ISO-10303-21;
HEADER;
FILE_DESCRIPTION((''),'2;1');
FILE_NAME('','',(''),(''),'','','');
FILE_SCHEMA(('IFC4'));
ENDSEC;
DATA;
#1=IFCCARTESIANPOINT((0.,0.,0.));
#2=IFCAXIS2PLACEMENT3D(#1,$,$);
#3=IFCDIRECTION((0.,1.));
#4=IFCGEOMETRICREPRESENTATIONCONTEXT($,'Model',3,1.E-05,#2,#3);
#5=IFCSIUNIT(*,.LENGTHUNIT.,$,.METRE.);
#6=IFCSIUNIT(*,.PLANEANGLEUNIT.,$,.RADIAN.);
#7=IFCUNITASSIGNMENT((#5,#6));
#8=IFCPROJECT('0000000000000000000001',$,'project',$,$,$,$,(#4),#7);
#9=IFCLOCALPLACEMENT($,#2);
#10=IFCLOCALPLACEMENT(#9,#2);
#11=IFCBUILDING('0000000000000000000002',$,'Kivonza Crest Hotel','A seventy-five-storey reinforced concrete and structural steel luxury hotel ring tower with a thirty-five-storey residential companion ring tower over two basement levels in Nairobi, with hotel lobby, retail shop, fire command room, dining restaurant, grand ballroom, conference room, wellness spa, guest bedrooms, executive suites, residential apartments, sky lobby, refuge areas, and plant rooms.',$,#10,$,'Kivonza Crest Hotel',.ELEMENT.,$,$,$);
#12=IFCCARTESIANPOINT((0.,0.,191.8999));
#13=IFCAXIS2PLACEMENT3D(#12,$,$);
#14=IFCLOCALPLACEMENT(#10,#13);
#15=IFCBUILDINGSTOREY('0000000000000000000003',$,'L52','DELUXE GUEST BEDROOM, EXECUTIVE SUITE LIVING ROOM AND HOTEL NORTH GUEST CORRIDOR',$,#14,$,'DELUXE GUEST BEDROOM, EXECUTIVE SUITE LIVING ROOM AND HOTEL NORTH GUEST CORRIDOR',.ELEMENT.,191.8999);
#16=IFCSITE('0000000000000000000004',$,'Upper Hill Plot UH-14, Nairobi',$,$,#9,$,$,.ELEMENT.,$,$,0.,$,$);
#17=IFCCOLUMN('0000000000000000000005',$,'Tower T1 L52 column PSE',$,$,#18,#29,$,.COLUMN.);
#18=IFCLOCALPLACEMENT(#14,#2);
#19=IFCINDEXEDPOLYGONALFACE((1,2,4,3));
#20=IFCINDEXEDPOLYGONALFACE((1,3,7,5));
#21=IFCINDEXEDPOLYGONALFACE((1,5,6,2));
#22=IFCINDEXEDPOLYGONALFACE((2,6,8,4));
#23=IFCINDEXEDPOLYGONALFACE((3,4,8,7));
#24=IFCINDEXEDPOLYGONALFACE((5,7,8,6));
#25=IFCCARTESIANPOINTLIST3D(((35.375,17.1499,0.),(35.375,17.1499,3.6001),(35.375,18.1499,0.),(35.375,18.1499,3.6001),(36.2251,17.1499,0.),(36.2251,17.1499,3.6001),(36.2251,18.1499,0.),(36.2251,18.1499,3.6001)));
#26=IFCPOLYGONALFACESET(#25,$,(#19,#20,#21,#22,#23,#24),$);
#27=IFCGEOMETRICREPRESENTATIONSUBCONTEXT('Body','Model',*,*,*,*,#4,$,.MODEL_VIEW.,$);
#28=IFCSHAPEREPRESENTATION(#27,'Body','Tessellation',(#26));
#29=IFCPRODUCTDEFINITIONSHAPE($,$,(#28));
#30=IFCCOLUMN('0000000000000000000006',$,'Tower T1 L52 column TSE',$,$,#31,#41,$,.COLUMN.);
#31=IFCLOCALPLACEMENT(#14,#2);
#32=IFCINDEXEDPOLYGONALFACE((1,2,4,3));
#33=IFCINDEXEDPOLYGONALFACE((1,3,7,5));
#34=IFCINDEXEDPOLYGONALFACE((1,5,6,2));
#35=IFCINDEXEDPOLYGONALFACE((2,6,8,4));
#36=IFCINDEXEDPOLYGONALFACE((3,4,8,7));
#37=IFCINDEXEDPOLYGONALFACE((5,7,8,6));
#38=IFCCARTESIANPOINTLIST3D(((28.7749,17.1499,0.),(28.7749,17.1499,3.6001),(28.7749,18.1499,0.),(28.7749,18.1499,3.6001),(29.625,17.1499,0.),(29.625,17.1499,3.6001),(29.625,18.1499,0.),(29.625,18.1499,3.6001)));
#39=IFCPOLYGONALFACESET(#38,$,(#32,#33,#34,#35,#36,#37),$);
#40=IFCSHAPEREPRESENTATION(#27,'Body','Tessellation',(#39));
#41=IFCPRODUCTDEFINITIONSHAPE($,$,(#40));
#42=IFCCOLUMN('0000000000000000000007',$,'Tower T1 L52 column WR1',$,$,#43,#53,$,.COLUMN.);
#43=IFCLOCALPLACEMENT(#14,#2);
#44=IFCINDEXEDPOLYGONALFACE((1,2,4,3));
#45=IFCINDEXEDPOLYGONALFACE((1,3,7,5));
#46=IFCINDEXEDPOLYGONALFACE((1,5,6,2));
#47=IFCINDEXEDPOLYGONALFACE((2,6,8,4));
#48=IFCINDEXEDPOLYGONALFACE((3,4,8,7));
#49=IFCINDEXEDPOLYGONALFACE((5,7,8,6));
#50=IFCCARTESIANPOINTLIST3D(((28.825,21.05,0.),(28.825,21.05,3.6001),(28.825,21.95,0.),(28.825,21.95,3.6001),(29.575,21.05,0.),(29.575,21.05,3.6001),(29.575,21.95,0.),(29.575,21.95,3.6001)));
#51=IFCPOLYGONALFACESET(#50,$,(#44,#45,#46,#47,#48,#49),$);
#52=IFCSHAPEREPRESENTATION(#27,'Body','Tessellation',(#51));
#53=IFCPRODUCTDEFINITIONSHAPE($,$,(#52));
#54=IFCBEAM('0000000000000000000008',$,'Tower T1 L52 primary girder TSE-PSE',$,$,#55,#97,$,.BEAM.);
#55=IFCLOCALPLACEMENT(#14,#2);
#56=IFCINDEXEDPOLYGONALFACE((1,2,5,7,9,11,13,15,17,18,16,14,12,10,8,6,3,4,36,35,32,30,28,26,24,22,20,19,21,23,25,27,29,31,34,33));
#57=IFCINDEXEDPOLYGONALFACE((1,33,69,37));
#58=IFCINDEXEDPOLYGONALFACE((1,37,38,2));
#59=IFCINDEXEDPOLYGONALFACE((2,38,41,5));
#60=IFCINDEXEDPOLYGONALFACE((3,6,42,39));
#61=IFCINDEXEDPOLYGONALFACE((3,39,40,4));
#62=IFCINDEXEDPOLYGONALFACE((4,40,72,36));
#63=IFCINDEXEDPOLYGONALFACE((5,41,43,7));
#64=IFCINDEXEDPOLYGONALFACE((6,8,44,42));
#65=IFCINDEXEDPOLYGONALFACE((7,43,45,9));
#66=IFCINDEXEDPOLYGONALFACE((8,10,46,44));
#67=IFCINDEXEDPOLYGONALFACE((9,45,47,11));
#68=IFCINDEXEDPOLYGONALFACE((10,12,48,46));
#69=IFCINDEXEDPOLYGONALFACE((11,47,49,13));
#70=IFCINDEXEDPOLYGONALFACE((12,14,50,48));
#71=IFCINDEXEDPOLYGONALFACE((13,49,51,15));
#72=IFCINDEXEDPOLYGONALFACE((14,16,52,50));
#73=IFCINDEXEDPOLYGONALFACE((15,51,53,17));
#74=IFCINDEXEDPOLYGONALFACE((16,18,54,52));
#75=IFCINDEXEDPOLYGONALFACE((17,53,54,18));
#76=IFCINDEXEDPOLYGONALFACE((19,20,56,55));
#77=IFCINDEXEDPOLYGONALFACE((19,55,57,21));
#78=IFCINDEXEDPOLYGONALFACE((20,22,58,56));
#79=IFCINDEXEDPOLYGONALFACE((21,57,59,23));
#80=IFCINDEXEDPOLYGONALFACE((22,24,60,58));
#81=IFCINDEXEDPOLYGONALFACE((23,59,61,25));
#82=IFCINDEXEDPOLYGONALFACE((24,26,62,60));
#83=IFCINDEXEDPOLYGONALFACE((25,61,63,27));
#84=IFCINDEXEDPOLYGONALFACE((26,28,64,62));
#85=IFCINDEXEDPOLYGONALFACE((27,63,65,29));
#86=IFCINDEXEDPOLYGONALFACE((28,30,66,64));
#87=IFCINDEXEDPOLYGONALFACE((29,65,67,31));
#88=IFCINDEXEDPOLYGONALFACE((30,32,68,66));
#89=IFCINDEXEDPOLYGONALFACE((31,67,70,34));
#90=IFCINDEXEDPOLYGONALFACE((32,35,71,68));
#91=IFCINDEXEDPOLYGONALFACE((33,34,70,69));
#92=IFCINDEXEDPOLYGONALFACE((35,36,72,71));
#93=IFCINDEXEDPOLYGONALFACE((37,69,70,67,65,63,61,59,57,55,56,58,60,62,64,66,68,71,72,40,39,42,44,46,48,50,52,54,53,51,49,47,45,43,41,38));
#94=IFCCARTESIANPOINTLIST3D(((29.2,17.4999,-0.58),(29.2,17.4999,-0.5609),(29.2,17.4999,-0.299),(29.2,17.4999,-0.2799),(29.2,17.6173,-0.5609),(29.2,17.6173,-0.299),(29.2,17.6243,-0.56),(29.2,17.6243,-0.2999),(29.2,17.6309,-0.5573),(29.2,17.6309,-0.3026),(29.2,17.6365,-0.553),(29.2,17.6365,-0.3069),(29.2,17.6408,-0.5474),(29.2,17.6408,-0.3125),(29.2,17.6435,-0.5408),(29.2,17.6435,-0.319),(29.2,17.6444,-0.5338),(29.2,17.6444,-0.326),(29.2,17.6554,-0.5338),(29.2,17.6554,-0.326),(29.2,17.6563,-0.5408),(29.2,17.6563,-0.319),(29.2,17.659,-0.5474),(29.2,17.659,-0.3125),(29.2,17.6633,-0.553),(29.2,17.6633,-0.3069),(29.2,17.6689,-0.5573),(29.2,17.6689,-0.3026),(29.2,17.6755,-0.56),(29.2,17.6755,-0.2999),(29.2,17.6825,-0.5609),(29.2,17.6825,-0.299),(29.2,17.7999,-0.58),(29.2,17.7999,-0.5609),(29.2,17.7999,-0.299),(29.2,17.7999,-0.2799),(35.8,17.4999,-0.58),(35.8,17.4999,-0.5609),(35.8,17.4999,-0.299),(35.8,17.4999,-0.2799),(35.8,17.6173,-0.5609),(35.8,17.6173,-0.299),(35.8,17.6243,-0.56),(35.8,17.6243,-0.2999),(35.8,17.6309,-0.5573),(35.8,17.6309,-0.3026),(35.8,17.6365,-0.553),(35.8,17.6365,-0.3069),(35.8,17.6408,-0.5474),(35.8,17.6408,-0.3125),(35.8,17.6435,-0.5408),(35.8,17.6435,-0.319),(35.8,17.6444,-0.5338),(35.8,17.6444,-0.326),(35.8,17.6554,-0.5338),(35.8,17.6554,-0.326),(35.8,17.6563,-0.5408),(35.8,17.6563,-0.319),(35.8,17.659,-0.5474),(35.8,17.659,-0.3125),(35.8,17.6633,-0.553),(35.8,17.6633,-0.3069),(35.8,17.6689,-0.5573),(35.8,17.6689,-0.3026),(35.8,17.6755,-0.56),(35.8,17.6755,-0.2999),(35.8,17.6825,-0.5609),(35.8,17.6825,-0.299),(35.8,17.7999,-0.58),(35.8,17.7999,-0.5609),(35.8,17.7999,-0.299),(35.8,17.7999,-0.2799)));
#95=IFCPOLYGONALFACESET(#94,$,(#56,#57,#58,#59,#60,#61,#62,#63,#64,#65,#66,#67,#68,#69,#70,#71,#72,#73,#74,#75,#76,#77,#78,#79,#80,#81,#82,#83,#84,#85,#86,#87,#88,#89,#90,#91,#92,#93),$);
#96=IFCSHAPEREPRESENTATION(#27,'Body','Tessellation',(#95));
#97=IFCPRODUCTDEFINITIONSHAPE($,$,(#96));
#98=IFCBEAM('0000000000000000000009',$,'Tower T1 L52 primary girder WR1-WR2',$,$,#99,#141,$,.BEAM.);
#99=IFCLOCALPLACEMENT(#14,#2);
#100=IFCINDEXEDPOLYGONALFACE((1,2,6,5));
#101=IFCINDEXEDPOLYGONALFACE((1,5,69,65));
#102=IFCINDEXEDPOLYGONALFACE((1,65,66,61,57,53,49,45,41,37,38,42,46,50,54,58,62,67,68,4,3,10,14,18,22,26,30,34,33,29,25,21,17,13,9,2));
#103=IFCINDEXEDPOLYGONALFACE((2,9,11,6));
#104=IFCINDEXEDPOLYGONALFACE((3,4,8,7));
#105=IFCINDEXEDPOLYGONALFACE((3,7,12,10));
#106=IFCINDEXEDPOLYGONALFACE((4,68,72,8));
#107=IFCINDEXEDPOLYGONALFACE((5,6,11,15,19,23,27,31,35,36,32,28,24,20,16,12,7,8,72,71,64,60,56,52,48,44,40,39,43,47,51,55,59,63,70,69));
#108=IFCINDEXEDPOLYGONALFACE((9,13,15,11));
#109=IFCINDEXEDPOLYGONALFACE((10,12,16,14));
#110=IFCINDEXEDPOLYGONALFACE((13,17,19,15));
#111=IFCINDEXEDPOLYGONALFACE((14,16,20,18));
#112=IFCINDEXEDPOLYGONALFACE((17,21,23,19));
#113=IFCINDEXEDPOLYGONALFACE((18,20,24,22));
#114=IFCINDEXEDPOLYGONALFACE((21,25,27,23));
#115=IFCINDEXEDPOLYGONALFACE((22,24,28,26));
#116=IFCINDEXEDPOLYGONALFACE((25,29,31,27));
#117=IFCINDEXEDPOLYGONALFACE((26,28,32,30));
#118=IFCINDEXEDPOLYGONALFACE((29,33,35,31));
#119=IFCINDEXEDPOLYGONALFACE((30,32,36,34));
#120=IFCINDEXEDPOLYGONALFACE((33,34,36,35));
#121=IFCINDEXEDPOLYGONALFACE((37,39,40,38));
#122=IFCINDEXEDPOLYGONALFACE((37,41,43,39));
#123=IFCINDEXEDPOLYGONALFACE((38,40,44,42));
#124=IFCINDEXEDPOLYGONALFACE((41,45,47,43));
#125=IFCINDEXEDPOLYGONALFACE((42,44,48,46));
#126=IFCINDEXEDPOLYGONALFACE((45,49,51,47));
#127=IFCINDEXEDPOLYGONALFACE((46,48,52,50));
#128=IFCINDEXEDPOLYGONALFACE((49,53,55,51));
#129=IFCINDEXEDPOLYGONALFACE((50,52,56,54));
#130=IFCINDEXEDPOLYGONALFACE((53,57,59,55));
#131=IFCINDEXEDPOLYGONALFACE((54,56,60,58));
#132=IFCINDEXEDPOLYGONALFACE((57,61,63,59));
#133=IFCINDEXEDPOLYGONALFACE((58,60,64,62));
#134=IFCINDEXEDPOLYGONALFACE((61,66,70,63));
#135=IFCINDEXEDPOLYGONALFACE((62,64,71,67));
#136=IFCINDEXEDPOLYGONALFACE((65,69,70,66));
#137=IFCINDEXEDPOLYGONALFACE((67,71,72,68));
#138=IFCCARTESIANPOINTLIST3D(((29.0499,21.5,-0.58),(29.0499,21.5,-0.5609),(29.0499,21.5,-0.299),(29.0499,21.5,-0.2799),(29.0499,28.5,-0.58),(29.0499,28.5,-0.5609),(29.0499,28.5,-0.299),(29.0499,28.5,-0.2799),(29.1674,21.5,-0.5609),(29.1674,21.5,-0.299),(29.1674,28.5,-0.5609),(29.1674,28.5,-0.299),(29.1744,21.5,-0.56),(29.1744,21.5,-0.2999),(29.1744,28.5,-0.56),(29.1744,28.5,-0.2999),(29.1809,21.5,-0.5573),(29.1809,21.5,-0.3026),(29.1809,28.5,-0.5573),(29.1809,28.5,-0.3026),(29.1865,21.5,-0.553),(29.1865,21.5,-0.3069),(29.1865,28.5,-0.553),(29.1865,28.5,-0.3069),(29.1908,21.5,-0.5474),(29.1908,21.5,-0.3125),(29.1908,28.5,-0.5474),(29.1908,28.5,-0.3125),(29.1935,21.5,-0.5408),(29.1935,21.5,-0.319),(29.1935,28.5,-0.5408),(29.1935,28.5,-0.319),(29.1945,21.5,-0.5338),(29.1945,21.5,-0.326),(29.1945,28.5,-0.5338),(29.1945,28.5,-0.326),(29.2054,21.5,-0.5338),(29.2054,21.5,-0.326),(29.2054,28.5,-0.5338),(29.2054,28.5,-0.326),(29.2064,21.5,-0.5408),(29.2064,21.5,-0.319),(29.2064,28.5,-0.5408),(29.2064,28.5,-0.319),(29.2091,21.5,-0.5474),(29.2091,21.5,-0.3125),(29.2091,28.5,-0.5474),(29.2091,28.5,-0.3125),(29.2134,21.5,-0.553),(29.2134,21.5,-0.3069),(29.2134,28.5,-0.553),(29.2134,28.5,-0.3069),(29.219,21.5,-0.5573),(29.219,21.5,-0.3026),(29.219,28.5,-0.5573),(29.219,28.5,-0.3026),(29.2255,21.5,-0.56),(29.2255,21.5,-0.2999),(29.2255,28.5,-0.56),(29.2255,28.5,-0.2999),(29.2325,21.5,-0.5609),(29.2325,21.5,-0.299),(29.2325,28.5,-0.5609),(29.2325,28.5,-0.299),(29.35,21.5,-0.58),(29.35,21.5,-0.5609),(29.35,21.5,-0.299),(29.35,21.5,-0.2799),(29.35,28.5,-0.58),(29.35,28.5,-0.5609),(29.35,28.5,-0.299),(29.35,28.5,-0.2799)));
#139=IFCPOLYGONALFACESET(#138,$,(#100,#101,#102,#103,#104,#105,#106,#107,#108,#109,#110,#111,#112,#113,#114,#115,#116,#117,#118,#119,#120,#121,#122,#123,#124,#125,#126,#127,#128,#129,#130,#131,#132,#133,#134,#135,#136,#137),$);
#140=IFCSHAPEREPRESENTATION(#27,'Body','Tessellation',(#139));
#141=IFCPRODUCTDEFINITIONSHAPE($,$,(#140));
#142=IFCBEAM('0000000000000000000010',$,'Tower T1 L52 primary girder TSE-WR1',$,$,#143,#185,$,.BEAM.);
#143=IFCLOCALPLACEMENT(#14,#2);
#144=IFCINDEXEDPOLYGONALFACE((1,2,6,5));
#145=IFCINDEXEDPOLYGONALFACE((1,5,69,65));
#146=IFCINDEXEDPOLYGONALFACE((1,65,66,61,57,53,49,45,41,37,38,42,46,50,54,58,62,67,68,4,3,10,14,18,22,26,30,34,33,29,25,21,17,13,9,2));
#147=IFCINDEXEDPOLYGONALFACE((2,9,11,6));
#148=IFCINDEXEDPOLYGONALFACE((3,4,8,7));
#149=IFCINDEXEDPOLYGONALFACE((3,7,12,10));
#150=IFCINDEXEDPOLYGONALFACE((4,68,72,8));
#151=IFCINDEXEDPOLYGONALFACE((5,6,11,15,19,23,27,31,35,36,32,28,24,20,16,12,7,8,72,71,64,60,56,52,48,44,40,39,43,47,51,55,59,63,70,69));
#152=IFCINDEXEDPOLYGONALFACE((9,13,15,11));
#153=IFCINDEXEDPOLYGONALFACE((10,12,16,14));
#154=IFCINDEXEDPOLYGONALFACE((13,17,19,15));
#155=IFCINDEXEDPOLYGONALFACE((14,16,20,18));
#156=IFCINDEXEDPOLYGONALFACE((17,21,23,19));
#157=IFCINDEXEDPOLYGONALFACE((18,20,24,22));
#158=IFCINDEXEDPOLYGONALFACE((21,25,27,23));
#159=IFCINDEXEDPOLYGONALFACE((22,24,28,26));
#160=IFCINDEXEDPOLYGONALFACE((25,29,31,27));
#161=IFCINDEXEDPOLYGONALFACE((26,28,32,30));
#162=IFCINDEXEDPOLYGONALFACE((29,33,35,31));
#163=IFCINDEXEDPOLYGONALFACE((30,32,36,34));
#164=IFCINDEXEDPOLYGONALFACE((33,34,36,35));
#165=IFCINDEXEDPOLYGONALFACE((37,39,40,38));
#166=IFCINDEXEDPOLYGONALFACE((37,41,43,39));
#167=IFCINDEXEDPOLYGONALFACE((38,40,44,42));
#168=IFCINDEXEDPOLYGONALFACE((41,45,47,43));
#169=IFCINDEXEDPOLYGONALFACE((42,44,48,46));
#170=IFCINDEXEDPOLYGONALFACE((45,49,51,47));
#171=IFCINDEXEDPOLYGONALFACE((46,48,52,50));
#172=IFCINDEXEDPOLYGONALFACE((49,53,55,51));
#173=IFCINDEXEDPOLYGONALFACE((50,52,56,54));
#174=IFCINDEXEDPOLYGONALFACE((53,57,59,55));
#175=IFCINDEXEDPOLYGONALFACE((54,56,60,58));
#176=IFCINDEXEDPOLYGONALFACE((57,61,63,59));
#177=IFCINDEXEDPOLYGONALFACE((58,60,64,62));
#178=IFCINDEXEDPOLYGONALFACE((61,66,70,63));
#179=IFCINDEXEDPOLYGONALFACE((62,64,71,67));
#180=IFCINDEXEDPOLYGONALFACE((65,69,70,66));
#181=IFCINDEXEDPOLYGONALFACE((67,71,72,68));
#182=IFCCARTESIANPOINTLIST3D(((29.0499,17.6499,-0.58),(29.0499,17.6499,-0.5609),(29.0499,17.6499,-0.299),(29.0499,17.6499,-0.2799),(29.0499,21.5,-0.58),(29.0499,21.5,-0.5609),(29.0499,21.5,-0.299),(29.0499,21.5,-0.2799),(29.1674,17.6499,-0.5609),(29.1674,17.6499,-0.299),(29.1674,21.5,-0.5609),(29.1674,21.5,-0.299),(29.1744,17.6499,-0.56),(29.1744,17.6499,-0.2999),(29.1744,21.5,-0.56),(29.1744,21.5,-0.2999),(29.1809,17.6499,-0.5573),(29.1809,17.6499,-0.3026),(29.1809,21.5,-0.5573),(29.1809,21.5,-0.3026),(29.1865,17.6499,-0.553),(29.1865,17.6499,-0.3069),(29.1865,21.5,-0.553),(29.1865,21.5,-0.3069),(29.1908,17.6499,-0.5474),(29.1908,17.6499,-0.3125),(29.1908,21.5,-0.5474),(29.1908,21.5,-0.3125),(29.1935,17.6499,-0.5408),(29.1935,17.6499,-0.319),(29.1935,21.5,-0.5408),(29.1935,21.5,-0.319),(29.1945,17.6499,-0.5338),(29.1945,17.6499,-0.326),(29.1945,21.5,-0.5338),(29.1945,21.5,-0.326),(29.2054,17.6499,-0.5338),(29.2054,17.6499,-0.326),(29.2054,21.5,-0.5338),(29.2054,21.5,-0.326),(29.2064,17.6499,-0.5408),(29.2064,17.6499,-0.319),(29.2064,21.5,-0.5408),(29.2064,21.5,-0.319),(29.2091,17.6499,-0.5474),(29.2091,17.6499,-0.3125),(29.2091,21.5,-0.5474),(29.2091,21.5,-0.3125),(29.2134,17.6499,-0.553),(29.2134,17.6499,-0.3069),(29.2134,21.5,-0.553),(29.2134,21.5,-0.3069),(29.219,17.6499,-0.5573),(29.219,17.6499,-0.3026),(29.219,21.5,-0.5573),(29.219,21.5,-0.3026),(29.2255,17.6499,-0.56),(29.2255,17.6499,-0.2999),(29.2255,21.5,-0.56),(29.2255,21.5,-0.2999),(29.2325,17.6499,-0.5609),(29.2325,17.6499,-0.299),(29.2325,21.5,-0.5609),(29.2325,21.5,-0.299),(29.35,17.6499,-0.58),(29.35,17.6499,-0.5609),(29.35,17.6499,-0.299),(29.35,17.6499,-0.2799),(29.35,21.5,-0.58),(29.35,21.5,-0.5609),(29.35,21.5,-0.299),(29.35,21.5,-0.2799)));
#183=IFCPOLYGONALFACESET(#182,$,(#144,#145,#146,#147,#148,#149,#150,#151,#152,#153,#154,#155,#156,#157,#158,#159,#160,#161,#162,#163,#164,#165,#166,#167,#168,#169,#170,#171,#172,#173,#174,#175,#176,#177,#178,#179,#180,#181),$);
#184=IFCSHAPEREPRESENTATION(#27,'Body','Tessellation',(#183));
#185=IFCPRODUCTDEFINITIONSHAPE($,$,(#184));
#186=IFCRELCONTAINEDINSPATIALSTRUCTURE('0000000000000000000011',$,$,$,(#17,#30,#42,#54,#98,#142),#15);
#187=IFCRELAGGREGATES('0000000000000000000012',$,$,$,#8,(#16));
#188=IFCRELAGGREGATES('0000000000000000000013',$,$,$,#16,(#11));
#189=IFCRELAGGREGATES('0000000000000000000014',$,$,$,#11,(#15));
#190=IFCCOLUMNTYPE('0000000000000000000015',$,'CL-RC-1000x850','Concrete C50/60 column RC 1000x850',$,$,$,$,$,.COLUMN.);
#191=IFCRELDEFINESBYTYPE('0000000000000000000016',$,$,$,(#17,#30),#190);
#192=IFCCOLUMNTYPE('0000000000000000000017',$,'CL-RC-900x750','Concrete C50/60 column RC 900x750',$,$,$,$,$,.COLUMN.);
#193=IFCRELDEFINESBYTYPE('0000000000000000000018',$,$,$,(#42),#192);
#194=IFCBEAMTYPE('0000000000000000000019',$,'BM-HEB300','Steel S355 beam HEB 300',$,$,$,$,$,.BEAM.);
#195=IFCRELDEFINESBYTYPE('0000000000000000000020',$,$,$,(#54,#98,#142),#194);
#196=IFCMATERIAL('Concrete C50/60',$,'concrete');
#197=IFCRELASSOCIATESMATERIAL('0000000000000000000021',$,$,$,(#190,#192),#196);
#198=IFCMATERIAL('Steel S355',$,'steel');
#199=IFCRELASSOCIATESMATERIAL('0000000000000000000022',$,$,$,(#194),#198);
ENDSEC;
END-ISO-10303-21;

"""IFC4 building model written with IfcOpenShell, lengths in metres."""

from ifc_helpers import new_model, si_unit, direction, frame, origin, origin_2d, place, context, subcontext, project, spatial, rectangle, i_section, extrude, material, material_profile, profile_set, type_object, element, save


model = new_model("IFC4")

# Units and contexts
model_context = context("Model", 3, precision=1e-05, world=origin(), true_north=direction((0.0, 1.0)))
body_context = subcontext(model_context, "Body", "Model", "MODEL_VIEW")
ifc_project = project(units=[si_unit("LENGTHUNIT", "METRE"), si_unit("PLANEANGLEUNIT", "RADIAN")], contexts=[model_context])

# Site, building, storey
site_placement = place(None, origin())
site = spatial("IfcSite", under=ifc_project, at=site_placement, Name="Upper Hill Plot UH-14, Nairobi", CompositionType="ELEMENT", RefElevation=0.0)
building_placement = place(site_placement, origin())
building = spatial("IfcBuilding", under=site, at=building_placement, Name="Kivonza Crest Hotel", Description="A seventy-five-storey reinforced concrete and structural steel luxury hotel ring tower with a thirty-five-storey residential companion ring tower over two basement levels in Nairobi, with hotel lobby, retail shop, fire command room, dining restaurant, grand ballroom, conference room, wellness spa, guest bedrooms, executive suites, residential apartments, sky lobby, refuge areas, and plant rooms.", LongName="Kivonza Crest Hotel", CompositionType="ELEMENT")
storey_placement = place(building_placement, frame((0.0, 0.0, 191.8999)))
storey = spatial("IfcBuildingStorey", under=building, at=storey_placement, Name="L52", Description="DELUXE GUEST BEDROOM, EXECUTIVE SUITE LIVING ROOM AND HOTEL NORTH GUEST CORRIDOR", LongName="DELUXE GUEST BEDROOM, EXECUTIVE SUITE LIVING ROOM AND HOTEL NORTH GUEST CORRIDOR", CompositionType="ELEMENT", Elevation=191.8999)

# Columns
ifc_material_1 = material(Name="Concrete C50/60", Category="concrete")
ifc_material_profile_1 = material_profile(ifc_material_1, rectangle(XDim=0.8501, YDim=1.0, at=origin_2d()), Name="RC 1000x850")
ifc_profile_set_1 = profile_set([ifc_material_profile_1], Name="Concrete C50/60")
column_type_1 = type_object("IfcColumnType", Name="CL-RC-1000x850", Description="Concrete C50/60 column RC 1000x850", PredefinedType="COLUMN", material=ifc_profile_set_1)
for number, where, z_axis, x_axis, name in (
    (1, (35.8, 17.6499, 0.0), (0.0, 0.0, 1.0), (1.0, 0.0, 0.0), "Tower T1 L52 column PSE"),
    (2, (29.2, 17.6499, 0.0), (0.0, 0.0, 1.0), (1.0, 0.0, 0.0), "Tower T1 L52 column TSE"),
):
    element("IfcColumn", number, at=place(storey_placement, frame(where, z_axis=z_axis, x_axis=x_axis)), inside=storey, type_object=column_type_1, Name=name, PredefinedType="COLUMN", context=body_context, shape_type="SweptSolid", body=[
        extrude(rectangle(XDim=0.8501, YDim=1.0, at=origin_2d()), origin(), (0.0, 0.0, 1.0), 3.6001),
    ])
ifc_material_profile_2 = material_profile(ifc_material_1, rectangle(XDim=0.75, YDim=0.8999, at=origin_2d()), Name="RC 900x750")
ifc_profile_set_2 = profile_set([ifc_material_profile_2], Name="Concrete C50/60")
column_type_2 = type_object("IfcColumnType", Name="CL-RC-900x750", Description="Concrete C50/60 column RC 900x750", PredefinedType="COLUMN", material=ifc_profile_set_2)
column_placement = place(storey_placement, frame((29.2, 21.5, 0.0), z_axis=(0.0, 0.0, 1.0), x_axis=(1.0, 0.0, 0.0)))
element("IfcColumn", 3, at=column_placement, inside=storey, type_object=column_type_2, Name="Tower T1 L52 column WR1", PredefinedType="COLUMN", context=body_context, shape_type="SweptSolid", body=[
    extrude(rectangle(XDim=0.75, YDim=0.8999, at=origin_2d()), origin(), (0.0, 0.0, 1.0), 3.6001),
])

# Beams
ifc_material_2 = material(Name="Steel S355", Category="steel")
ifc_material_profile_3 = material_profile(ifc_material_2, i_section(OverallWidth=0.3, OverallDepth=0.3, WebThickness=0.011, FlangeThickness=0.019, FilletRadius=0.0271, at=origin_2d()), Name="HEB 300")
ifc_profile_set_3 = profile_set([ifc_material_profile_3], Name="Steel S355")
beam_type = type_object("IfcBeamType", Name="BM-HEB300", Description="Steel S355 beam HEB 300", PredefinedType="BEAM", material=ifc_profile_set_3)
beam_1_placement = place(storey_placement, frame((29.2, 17.6499, -0.4299), z_axis=(1.0, 0.0, 0.0), x_axis=(0.0, 1.0, 0.0)))
element("IfcBeam", 4, at=beam_1_placement, inside=storey, type_object=beam_type, Name="Tower T1 L52 primary girder TSE-PSE", PredefinedType="BEAM", context=body_context, shape_type="SweptSolid", body=[
    extrude(i_section(OverallWidth=0.3, OverallDepth=0.3, WebThickness=0.011, FlangeThickness=0.019, FilletRadius=0.0271, at=origin_2d()), origin(), (0.0, 0.0, 1.0), 6.6001),
])
beam_2_placement = place(storey_placement, frame((29.2, 21.5, -0.4299), z_axis=(0.0, 1.0, 0.0), x_axis=(-1.0, 0.0, 0.0)))
element("IfcBeam", 5, at=beam_2_placement, inside=storey, type_object=beam_type, Name="Tower T1 L52 primary girder WR1-WR2", PredefinedType="BEAM", context=body_context, shape_type="SweptSolid", body=[
    extrude(i_section(OverallWidth=0.3, OverallDepth=0.3, WebThickness=0.011, FlangeThickness=0.019, FilletRadius=0.0271, at=origin_2d()), origin(), (0.0, 0.0, 1.0), 7.0),
])
beam_3_placement = place(storey_placement, frame((29.2, 17.6499, -0.4299), z_axis=(0.0, 1.0, 0.0), x_axis=(-1.0, 0.0, 0.0)))
element("IfcBeam", 6, at=beam_3_placement, inside=storey, type_object=beam_type, Name="Tower T1 L52 primary girder TSE-WR1", PredefinedType="BEAM", context=body_context, shape_type="SweptSolid", body=[
    extrude(i_section(OverallWidth=0.3, OverallDepth=0.3, WebThickness=0.011, FlangeThickness=0.019, FilletRadius=0.0271, at=origin_2d()), origin(), (0.0, 0.0, 1.0), 3.8501),
])

save(model, "model.ifc")
